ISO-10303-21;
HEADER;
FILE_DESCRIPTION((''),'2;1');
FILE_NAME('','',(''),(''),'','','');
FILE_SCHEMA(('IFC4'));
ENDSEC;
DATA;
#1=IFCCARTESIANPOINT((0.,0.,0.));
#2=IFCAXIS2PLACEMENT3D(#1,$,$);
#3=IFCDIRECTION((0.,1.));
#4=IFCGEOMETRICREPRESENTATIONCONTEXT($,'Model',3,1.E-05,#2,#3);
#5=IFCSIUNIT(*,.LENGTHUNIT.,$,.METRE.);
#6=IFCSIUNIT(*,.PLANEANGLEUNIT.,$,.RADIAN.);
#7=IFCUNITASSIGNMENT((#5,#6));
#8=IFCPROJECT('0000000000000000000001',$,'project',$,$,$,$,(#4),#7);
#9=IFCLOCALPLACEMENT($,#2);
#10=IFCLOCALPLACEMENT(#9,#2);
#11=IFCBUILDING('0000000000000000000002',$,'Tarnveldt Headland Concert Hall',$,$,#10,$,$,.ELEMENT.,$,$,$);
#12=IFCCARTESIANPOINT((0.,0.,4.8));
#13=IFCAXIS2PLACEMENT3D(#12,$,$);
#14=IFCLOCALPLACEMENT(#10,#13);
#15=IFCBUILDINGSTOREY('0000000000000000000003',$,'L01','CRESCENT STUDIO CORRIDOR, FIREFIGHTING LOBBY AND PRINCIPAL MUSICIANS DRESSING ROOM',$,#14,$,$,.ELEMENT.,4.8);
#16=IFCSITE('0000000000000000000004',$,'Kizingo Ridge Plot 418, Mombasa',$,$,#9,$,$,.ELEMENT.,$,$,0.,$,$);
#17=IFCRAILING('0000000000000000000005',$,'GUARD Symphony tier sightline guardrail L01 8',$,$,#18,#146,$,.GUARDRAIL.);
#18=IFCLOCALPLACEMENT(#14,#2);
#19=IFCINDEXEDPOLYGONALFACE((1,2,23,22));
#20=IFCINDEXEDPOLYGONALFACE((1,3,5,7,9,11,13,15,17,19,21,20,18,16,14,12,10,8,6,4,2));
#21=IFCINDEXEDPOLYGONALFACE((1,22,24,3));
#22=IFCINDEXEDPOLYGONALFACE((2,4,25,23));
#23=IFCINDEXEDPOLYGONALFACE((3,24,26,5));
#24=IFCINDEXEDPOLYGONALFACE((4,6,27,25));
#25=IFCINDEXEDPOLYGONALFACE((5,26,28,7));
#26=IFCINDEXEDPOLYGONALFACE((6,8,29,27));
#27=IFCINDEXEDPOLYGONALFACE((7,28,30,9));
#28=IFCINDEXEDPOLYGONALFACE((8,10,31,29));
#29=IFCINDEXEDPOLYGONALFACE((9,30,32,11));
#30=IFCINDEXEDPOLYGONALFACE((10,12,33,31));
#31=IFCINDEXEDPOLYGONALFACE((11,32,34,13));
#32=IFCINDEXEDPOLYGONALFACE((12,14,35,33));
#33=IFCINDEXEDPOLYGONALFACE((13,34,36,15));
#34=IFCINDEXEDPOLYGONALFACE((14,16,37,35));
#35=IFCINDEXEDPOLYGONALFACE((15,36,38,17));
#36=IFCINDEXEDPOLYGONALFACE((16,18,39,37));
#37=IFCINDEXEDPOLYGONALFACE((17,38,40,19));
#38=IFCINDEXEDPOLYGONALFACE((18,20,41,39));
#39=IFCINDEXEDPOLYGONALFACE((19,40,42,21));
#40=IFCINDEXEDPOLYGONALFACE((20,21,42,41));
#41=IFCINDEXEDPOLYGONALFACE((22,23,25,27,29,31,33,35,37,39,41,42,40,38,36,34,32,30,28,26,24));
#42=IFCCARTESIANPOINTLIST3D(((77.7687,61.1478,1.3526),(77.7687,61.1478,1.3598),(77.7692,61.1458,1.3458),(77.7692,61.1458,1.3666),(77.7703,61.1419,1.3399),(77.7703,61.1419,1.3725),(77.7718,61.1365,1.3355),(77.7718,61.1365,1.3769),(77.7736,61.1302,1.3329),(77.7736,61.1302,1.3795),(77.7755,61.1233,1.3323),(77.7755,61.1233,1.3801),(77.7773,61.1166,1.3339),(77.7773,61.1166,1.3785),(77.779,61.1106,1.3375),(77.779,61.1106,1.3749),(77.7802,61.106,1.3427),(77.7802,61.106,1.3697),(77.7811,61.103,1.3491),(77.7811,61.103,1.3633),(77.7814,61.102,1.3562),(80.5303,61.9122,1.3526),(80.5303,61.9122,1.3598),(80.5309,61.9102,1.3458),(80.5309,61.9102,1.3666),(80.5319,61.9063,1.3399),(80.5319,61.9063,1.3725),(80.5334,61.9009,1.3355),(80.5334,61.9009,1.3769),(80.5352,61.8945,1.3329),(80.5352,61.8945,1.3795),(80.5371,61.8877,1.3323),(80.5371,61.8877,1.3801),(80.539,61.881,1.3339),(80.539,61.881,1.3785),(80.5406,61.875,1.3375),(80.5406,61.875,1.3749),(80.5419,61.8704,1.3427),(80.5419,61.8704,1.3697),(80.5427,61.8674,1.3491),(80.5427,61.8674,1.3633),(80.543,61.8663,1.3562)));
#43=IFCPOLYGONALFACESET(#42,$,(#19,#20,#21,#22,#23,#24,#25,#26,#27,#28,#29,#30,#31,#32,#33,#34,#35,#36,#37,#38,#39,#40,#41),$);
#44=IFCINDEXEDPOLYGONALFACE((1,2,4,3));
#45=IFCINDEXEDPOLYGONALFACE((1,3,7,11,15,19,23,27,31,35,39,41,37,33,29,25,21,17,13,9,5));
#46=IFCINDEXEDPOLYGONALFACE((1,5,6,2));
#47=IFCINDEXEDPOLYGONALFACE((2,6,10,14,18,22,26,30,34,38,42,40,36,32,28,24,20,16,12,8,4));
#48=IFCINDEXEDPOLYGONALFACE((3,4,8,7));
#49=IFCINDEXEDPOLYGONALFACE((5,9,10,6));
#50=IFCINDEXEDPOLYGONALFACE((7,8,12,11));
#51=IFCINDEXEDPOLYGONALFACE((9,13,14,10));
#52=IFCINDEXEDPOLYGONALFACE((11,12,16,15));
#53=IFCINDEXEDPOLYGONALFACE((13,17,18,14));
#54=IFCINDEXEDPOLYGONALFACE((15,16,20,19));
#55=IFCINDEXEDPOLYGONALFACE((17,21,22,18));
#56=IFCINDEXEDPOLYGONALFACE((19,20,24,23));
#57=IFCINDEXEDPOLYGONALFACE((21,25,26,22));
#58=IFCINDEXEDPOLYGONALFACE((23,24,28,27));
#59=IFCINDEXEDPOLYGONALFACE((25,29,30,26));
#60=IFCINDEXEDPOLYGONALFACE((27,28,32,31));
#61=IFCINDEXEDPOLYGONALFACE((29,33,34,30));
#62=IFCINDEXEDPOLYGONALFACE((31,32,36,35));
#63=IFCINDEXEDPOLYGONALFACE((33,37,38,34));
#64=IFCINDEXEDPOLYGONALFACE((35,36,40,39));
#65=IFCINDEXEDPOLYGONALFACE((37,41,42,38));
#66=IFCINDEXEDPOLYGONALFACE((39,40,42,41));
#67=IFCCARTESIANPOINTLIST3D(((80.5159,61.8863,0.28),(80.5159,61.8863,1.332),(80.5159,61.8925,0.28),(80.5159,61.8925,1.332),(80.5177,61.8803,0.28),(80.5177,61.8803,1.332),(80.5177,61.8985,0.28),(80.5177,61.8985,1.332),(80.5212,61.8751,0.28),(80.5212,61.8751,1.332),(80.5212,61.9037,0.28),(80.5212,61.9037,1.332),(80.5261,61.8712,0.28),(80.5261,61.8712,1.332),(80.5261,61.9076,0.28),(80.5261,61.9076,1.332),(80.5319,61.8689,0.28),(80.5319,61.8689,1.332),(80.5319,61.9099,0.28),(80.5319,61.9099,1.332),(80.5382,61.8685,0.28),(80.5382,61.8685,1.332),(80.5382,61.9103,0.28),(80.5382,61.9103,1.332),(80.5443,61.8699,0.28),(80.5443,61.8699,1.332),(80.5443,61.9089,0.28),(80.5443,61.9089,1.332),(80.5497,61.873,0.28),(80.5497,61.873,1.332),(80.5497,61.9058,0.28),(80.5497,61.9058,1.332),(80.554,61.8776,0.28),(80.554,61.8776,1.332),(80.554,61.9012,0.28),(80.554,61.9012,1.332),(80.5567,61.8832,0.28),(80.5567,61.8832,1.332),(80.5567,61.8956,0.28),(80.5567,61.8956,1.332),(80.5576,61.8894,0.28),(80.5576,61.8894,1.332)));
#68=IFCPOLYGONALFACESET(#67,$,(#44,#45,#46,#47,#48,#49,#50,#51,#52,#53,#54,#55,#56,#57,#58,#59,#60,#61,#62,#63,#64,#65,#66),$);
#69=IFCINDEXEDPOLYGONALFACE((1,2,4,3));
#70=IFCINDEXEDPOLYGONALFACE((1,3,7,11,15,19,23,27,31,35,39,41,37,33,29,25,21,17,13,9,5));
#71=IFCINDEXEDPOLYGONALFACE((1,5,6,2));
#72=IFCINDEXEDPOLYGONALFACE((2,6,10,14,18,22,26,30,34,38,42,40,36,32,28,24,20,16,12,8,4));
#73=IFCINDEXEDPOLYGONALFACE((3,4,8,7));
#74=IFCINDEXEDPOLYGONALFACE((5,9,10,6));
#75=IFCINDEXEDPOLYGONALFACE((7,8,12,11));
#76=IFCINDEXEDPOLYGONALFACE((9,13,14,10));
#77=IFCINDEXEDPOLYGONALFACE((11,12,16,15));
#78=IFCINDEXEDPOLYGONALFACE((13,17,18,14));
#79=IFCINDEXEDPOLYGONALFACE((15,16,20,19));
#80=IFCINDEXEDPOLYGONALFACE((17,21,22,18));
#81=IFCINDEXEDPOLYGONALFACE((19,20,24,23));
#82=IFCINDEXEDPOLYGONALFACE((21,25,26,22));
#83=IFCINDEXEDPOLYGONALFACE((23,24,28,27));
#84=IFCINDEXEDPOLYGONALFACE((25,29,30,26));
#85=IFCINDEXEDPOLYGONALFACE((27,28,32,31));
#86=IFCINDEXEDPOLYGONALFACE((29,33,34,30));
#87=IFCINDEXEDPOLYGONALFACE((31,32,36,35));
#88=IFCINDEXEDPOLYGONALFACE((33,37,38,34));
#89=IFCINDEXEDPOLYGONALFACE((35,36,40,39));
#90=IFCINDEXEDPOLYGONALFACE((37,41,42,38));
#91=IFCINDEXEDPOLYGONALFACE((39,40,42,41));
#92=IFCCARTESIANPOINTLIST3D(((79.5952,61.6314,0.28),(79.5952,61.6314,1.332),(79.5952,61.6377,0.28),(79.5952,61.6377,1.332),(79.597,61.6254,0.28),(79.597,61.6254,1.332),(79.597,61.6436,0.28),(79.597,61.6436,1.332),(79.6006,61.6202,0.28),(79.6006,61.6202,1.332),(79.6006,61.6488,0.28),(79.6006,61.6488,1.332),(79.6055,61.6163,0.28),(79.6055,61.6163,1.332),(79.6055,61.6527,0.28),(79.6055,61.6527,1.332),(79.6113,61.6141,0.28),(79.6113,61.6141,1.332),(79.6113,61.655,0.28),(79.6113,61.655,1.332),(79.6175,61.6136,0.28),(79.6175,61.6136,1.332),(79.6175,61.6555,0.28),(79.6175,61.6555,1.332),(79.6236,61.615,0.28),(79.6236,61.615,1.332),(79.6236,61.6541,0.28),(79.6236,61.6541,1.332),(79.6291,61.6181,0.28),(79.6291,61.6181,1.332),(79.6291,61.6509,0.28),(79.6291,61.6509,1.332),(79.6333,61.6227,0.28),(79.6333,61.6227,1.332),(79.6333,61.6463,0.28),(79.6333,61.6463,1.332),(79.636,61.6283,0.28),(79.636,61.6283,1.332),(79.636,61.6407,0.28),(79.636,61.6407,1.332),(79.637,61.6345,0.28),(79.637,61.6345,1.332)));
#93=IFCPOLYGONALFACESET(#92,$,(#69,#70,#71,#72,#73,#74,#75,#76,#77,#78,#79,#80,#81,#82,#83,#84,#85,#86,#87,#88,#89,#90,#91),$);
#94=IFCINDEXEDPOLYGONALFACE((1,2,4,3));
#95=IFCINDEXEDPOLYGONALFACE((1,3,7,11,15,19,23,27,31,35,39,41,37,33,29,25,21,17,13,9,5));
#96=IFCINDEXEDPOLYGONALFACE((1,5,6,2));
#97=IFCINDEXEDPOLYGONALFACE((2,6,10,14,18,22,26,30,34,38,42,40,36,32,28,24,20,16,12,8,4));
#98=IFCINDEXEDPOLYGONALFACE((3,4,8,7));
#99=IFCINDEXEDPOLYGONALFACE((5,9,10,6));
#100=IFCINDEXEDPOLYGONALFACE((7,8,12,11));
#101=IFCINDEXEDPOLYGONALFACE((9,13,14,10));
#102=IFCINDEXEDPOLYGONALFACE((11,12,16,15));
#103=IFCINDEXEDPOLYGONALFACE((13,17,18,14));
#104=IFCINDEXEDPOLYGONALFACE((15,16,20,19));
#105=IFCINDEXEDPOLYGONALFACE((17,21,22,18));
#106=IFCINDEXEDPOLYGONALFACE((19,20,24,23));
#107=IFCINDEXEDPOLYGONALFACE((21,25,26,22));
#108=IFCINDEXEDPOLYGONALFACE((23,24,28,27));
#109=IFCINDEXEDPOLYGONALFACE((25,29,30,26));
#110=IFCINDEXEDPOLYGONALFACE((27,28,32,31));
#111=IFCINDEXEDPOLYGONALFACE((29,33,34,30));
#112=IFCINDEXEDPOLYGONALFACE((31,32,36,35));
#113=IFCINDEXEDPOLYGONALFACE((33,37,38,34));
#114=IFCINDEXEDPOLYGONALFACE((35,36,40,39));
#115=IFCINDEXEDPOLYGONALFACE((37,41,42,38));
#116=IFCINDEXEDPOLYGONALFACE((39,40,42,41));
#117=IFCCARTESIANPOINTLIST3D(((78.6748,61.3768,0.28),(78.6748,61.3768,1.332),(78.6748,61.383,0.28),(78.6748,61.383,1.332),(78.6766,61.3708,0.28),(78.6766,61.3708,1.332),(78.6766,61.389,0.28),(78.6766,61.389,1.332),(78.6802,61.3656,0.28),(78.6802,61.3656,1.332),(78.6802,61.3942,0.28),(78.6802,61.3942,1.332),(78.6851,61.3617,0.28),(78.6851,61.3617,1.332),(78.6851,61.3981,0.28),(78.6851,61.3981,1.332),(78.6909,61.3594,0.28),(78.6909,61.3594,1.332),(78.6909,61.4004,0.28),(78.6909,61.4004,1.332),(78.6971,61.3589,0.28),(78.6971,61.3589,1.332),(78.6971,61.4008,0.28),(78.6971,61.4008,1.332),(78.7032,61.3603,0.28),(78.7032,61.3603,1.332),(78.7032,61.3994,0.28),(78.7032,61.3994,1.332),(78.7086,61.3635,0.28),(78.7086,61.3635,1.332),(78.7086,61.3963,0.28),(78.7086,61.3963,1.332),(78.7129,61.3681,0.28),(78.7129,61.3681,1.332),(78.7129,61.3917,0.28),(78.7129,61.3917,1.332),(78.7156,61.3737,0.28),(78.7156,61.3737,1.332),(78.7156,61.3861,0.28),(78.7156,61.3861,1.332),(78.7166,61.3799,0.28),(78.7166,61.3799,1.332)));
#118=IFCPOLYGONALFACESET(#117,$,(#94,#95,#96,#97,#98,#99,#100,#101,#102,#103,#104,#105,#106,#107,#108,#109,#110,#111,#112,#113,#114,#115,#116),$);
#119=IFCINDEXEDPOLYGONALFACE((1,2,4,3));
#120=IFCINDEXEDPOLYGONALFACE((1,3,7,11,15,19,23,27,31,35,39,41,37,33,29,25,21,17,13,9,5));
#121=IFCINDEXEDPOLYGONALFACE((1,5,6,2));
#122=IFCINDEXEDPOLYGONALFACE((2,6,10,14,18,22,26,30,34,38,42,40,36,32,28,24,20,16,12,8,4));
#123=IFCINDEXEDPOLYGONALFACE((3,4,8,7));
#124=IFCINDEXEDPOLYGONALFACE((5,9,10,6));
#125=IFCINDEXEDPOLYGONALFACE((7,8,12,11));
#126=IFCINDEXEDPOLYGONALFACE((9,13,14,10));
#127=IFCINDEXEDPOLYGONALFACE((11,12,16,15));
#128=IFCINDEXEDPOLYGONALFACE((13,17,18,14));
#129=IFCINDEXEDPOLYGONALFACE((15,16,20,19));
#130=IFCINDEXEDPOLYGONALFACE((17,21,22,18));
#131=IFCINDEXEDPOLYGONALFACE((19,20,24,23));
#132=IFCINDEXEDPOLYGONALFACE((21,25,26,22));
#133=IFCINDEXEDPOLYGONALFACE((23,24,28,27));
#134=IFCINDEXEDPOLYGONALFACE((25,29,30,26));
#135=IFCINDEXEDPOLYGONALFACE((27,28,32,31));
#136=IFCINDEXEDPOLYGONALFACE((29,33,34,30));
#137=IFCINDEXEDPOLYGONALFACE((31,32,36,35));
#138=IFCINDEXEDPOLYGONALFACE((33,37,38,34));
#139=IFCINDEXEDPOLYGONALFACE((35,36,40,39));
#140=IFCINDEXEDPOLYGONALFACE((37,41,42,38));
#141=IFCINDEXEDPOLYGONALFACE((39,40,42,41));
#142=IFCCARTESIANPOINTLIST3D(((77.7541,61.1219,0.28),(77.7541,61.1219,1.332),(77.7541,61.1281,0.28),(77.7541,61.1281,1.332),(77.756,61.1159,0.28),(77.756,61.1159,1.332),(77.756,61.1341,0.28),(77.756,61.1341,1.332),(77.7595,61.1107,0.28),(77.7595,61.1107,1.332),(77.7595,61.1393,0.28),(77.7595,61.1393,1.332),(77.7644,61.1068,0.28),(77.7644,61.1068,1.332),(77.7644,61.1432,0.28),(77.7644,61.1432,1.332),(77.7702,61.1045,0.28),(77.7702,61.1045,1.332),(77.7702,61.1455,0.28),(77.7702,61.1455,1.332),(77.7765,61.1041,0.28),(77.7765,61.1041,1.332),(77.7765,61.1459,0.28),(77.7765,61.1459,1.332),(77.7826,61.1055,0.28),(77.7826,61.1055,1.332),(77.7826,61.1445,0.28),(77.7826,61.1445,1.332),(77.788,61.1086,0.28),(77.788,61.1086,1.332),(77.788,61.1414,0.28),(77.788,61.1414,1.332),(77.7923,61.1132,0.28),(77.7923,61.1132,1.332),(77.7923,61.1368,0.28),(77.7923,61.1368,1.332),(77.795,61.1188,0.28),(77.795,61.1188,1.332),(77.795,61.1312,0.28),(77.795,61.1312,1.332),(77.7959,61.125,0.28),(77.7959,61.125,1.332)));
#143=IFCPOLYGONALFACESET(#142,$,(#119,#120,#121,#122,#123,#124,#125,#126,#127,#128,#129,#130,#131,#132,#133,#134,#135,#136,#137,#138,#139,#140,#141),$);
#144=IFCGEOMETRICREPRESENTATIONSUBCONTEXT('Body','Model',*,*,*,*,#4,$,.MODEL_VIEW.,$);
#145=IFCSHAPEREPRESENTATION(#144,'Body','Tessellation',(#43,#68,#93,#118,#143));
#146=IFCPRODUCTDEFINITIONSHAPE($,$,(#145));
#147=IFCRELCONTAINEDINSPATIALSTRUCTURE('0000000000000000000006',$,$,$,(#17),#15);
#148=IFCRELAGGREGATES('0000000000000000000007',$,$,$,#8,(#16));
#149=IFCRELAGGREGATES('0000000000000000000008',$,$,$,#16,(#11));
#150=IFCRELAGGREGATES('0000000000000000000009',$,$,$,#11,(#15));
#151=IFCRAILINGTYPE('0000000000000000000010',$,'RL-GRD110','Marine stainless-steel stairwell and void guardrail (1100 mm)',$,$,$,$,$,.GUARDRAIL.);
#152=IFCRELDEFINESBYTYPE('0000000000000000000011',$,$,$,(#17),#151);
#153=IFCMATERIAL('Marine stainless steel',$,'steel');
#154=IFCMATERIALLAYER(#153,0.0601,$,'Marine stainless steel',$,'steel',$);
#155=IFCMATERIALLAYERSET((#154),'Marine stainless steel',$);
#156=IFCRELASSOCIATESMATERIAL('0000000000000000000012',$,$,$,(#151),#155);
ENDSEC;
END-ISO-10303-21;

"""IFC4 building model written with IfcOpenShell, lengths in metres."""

from ifc_helpers import new_model, si_unit, direction, frame, origin, origin_2d, place, context, subcontext, project, spatial, circle, extrude, material, layer, layer_set, type_object, element, save


model = new_model("IFC4")

# Units and contexts
model_context = context("Model", 3, precision=1e-05, world=origin(), true_north=direction((0.0, 1.0)))
body_context = subcontext(model_context, "Body", "Model", "MODEL_VIEW")
ifc_project = project(units=[si_unit("LENGTHUNIT", "METRE"), si_unit("PLANEANGLEUNIT", "RADIAN")], contexts=[model_context])

# Site, building, storey
site_placement = place(None, origin())
site = spatial("IfcSite", under=ifc_project, at=site_placement, Name="Kizingo Ridge Plot 418, Mombasa", CompositionType="ELEMENT", RefElevation=0.0)
building_placement = place(site_placement, origin())
building = spatial("IfcBuilding", under=site, at=building_placement, Name="Tarnveldt Headland Concert Hall", CompositionType="ELEMENT")
storey_placement = place(building_placement, frame((0.0, 0.0, 4.8)))
storey = spatial("IfcBuildingStorey", under=building, at=storey_placement, Name="L01", Description="CRESCENT STUDIO CORRIDOR, FIREFIGHTING LOBBY AND PRINCIPAL MUSICIANS DRESSING ROOM", CompositionType="ELEMENT", Elevation=4.8)

# Railing
ifc_material_1 = material(Name="Marine stainless steel", Category="steel")
ifc_layer_1 = layer(ifc_material_1, 0.0601, Name="Marine stainless steel", Category="steel")
ifc_layer_set_1 = layer_set([ifc_layer_1], Name="Marine stainless steel")
railing_type = type_object("IfcRailingType", Name="RL-GRD110", Description="Marine stainless-steel stairwell and void guardrail (1100 mm)", PredefinedType="GUARDRAIL", material=ifc_layer_set_1)
railing_1_placement = place(storey_placement, frame((80.5366, 61.8894, 0.28)))
element("IfcRailing", 1, at=railing_1_placement, inside=storey, type_object=railing_type, Name="GUARD Symphony tier sightline guardrail L01 8", PredefinedType="GUARDRAIL", context=body_context, shape_type="SweptSolid", body=[
    extrude(circle(Radius=0.0239, at=origin_2d()), frame((0.0, 0.0, 1.0762), z_axis=(-0.963764, -0.266756, 0.0), x_axis=(0.266756, -0.963764, 0.0)), (0.0, 0.0, 1.0), 2.8655),
    extrude(circle(Radius=0.021, at=origin_2d()), origin(), (0.0, 0.0, 1.0), 1.052),
    extrude(circle(Radius=0.021, at=origin_2d()), frame((-0.9207, -0.2549, 0.0)), (0.0, 0.0, 1.0), 1.052),
    extrude(circle(Radius=0.021, at=origin_2d()), frame((-1.8411, -0.5095, 0.0)), (0.0, 0.0, 1.0), 1.052),
    extrude(circle(Radius=0.021, at=origin_2d()), frame((-2.7617, -0.7644, 0.0)), (0.0, 0.0, 1.0), 1.052),
])

save(model, "model.ifc")
